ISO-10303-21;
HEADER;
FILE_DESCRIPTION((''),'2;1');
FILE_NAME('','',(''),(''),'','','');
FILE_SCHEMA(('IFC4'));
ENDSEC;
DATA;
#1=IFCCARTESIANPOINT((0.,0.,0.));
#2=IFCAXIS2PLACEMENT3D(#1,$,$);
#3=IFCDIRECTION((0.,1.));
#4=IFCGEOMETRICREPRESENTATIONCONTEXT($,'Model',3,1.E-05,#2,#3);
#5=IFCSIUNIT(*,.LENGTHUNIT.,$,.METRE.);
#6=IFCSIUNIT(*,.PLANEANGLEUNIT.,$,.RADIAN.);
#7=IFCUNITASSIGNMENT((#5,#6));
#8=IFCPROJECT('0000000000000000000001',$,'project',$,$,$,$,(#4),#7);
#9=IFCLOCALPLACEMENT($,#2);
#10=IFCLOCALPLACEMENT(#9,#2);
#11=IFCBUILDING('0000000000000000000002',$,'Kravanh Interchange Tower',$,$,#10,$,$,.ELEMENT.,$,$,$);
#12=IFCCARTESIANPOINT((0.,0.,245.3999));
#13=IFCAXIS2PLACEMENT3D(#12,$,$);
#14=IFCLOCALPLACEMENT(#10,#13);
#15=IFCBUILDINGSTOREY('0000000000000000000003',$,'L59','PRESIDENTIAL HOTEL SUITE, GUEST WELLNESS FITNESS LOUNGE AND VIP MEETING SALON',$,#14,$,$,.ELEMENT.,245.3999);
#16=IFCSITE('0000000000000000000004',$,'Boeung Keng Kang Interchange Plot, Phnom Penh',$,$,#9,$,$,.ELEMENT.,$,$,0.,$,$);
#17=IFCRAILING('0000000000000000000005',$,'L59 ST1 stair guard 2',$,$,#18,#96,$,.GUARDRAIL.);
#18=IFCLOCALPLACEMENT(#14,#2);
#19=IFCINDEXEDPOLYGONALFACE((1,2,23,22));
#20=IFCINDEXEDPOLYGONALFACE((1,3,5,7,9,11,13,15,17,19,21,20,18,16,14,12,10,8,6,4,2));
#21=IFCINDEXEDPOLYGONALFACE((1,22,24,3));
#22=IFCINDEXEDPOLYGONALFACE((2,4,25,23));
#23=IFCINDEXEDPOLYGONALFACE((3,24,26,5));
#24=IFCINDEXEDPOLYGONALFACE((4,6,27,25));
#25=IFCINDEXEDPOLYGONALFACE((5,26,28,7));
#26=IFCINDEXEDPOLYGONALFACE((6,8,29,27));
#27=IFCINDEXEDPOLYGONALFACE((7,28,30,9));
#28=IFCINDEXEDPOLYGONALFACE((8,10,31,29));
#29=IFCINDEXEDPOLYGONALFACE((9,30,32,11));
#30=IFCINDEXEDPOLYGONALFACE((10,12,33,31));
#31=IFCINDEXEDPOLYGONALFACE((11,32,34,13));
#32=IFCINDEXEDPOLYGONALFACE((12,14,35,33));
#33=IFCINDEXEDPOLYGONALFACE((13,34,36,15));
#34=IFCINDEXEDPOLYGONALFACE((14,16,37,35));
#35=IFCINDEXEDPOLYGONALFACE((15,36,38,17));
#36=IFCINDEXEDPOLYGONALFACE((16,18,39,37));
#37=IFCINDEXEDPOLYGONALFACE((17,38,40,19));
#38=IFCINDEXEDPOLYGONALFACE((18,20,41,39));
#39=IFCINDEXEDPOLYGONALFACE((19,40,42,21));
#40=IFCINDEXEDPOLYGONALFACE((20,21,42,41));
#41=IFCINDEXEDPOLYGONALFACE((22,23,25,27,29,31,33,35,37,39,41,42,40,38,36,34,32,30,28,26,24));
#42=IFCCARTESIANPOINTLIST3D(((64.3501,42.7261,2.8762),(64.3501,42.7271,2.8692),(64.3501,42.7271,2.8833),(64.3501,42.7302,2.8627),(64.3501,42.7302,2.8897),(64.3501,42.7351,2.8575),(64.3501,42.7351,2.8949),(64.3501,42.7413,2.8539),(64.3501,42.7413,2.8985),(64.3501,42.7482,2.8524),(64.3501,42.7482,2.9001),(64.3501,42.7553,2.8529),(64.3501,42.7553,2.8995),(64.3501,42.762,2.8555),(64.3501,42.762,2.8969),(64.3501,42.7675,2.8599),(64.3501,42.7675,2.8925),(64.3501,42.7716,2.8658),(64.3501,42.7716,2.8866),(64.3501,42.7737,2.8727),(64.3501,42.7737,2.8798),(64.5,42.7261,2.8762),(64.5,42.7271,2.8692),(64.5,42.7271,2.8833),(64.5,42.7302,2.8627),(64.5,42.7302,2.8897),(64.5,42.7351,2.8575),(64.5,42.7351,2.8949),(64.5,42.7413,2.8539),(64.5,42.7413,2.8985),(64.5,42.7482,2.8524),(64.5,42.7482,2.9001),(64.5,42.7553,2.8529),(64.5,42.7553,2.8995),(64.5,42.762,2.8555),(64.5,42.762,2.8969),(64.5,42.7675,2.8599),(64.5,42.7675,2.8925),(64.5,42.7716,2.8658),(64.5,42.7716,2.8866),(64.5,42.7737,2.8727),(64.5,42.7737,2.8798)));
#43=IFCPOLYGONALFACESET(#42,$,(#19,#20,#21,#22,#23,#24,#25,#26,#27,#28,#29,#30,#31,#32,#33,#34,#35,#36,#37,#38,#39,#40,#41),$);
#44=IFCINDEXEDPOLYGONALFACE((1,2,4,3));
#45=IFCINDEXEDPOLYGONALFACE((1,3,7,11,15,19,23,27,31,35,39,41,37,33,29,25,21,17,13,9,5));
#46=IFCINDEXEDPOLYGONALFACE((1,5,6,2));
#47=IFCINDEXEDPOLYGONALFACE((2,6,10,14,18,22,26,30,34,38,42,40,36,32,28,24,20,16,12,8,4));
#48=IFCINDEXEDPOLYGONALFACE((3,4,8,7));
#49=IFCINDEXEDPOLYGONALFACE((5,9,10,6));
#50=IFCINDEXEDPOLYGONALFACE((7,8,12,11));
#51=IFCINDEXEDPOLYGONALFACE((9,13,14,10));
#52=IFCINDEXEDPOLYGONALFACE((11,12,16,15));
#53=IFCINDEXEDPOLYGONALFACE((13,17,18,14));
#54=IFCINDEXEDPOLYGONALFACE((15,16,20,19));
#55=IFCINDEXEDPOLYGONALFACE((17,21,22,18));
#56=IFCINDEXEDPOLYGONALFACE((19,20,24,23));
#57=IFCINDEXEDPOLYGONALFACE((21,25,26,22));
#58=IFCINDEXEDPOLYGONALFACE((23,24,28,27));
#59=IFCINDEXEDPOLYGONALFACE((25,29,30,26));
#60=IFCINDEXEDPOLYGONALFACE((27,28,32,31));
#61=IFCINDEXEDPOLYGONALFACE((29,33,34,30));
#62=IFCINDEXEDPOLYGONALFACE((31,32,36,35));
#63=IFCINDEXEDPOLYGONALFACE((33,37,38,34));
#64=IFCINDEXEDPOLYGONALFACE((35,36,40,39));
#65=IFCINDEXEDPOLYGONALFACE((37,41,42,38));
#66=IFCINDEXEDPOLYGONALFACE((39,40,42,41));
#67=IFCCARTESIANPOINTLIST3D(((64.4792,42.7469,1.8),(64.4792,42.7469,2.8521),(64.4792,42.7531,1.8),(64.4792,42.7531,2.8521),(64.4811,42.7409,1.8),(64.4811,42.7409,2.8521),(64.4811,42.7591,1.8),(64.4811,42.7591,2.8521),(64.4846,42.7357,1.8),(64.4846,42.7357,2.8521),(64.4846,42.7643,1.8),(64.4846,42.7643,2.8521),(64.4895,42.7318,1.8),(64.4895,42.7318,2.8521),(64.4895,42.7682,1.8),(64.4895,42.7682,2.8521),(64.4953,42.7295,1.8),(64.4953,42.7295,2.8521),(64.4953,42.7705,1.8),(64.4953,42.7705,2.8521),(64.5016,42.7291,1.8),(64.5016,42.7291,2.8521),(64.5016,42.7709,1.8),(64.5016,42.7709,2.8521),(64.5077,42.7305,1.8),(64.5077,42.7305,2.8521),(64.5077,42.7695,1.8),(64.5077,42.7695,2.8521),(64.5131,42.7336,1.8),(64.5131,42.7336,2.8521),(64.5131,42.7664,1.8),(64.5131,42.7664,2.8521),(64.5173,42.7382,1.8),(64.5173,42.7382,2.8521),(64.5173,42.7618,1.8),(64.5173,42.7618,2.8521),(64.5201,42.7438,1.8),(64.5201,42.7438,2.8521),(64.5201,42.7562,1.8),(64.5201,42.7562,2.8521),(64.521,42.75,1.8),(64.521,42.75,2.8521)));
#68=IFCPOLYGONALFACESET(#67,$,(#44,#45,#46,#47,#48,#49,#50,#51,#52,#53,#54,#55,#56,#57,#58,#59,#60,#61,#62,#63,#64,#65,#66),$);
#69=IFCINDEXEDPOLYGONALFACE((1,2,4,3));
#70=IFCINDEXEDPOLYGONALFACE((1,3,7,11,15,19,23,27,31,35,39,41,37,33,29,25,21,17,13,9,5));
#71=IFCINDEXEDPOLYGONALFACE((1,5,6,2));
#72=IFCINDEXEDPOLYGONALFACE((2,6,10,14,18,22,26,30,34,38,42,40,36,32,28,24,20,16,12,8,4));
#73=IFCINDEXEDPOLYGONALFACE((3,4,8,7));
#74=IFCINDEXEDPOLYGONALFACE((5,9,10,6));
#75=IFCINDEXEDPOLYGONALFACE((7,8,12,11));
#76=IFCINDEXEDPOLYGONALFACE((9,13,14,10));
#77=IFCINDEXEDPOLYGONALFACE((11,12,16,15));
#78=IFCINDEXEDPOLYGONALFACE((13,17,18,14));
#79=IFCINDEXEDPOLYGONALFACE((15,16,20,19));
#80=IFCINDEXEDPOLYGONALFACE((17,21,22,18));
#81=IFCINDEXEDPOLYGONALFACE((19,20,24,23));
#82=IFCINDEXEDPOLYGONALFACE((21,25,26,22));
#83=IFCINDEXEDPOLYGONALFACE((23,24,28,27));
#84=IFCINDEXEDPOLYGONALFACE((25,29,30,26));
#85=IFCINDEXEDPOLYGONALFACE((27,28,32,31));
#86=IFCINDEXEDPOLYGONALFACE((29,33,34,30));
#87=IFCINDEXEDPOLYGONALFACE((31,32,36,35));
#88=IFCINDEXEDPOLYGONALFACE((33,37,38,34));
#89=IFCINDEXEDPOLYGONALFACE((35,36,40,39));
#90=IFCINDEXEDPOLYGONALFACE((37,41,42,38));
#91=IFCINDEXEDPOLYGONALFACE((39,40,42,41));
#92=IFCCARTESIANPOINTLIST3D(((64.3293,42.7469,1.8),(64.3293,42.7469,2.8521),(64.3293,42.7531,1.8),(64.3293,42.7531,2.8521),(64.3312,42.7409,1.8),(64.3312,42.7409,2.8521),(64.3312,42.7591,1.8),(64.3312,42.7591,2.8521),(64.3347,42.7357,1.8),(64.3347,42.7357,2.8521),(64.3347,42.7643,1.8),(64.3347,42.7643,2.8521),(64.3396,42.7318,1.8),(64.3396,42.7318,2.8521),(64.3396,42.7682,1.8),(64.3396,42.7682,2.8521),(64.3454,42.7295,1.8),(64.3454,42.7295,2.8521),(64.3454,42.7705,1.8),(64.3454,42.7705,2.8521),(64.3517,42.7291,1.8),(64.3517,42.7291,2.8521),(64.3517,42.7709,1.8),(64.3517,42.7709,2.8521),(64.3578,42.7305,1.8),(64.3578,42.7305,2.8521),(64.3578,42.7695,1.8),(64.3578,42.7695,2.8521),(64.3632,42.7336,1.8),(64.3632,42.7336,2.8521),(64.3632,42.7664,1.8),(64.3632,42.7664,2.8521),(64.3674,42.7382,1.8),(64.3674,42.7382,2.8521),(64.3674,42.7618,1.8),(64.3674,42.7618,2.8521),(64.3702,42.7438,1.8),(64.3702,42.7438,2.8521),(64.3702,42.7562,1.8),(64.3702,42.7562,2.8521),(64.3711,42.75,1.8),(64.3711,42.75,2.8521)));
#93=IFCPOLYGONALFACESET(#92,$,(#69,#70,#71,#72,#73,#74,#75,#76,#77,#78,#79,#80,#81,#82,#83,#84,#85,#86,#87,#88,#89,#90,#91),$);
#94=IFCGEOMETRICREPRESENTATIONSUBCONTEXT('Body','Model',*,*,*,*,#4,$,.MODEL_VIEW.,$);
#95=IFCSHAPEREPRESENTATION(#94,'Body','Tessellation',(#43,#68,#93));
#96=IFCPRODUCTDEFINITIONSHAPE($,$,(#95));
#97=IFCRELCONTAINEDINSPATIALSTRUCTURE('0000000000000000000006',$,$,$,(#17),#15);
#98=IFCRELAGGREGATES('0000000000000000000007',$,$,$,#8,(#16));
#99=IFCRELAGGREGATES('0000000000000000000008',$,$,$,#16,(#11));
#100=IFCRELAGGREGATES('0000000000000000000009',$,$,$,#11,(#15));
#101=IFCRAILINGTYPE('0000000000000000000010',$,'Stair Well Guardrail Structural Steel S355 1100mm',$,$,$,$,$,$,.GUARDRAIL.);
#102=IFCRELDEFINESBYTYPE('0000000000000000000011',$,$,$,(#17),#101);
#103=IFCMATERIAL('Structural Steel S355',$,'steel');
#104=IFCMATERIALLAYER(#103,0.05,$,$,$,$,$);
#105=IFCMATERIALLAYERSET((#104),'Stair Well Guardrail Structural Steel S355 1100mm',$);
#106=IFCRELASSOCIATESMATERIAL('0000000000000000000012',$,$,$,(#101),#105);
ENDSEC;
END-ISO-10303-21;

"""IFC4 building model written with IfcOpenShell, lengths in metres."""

from ifc_helpers import new_model, si_unit, direction, frame, origin, origin_2d, place, context, subcontext, project, spatial, circle, extrude, material, layer, layer_set, type_object, element, save


model = new_model("IFC4")

# Units and contexts
model_context = context("Model", 3, precision=1e-05, world=origin(), true_north=direction((0.0, 1.0)))
body_context = subcontext(model_context, "Body", "Model", "MODEL_VIEW")
ifc_project = project(units=[si_unit("LENGTHUNIT", "METRE"), si_unit("PLANEANGLEUNIT", "RADIAN")], contexts=[model_context])

# Site, building, storey
site_placement = place(None, origin())
site = spatial("IfcSite", under=ifc_project, at=site_placement, Name="Boeung Keng Kang Interchange Plot, Phnom Penh", CompositionType="ELEMENT", RefElevation=0.0)
building_placement = place(site_placement, origin())
building = spatial("IfcBuilding", under=site, at=building_placement, Name="Kravanh Interchange Tower", CompositionType="ELEMENT")
storey_placement = place(building_placement, frame((0.0, 0.0, 245.3999)))
storey = spatial("IfcBuildingStorey", under=building, at=storey_placement, Name="L59", Description="PRESIDENTIAL HOTEL SUITE, GUEST WELLNESS FITNESS LOUNGE AND VIP MEETING SALON", CompositionType="ELEMENT", Elevation=245.3999)

# Railing
ifc_material_1 = material(Name="Structural Steel S355", Category="steel")
ifc_layer_1 = layer(ifc_material_1, 0.05)
ifc_layer_set_1 = layer_set([ifc_layer_1], Name="Stair Well Guardrail Structural Steel S355 1100mm")
railing_type_1 = type_object("IfcRailingType", Name="Stair Well Guardrail Structural Steel S355 1100mm", PredefinedType="GUARDRAIL", material=ifc_layer_set_1)
railing_1_placement = place(storey_placement, frame((64.5, 42.75, 1.8)))
element("IfcRailing", 1, at=railing_1_placement, inside=storey, type_object=railing_type_1, Name="L59 ST1 stair guard 2", PredefinedType="GUARDRAIL", context=body_context, shape_type="SweptSolid", body=[
    extrude(circle(Radius=0.0239, at=origin_2d()), frame((0.0, 0.0, 1.0762), z_axis=(-1.0, 0.0, 0.0), x_axis=(0.0, -1.0, 0.0)), (0.0, 0.0, 1.0), 0.1499),
    extrude(circle(Radius=0.021, at=origin_2d()), origin(), (0.0, 0.0, 1.0), 1.052),
    extrude(circle(Radius=0.021, at=origin_2d()), frame((-0.1499, 0.0, 0.0)), (0.0, 0.0, 1.0), 1.052),
])

save(model, "model.ifc")
